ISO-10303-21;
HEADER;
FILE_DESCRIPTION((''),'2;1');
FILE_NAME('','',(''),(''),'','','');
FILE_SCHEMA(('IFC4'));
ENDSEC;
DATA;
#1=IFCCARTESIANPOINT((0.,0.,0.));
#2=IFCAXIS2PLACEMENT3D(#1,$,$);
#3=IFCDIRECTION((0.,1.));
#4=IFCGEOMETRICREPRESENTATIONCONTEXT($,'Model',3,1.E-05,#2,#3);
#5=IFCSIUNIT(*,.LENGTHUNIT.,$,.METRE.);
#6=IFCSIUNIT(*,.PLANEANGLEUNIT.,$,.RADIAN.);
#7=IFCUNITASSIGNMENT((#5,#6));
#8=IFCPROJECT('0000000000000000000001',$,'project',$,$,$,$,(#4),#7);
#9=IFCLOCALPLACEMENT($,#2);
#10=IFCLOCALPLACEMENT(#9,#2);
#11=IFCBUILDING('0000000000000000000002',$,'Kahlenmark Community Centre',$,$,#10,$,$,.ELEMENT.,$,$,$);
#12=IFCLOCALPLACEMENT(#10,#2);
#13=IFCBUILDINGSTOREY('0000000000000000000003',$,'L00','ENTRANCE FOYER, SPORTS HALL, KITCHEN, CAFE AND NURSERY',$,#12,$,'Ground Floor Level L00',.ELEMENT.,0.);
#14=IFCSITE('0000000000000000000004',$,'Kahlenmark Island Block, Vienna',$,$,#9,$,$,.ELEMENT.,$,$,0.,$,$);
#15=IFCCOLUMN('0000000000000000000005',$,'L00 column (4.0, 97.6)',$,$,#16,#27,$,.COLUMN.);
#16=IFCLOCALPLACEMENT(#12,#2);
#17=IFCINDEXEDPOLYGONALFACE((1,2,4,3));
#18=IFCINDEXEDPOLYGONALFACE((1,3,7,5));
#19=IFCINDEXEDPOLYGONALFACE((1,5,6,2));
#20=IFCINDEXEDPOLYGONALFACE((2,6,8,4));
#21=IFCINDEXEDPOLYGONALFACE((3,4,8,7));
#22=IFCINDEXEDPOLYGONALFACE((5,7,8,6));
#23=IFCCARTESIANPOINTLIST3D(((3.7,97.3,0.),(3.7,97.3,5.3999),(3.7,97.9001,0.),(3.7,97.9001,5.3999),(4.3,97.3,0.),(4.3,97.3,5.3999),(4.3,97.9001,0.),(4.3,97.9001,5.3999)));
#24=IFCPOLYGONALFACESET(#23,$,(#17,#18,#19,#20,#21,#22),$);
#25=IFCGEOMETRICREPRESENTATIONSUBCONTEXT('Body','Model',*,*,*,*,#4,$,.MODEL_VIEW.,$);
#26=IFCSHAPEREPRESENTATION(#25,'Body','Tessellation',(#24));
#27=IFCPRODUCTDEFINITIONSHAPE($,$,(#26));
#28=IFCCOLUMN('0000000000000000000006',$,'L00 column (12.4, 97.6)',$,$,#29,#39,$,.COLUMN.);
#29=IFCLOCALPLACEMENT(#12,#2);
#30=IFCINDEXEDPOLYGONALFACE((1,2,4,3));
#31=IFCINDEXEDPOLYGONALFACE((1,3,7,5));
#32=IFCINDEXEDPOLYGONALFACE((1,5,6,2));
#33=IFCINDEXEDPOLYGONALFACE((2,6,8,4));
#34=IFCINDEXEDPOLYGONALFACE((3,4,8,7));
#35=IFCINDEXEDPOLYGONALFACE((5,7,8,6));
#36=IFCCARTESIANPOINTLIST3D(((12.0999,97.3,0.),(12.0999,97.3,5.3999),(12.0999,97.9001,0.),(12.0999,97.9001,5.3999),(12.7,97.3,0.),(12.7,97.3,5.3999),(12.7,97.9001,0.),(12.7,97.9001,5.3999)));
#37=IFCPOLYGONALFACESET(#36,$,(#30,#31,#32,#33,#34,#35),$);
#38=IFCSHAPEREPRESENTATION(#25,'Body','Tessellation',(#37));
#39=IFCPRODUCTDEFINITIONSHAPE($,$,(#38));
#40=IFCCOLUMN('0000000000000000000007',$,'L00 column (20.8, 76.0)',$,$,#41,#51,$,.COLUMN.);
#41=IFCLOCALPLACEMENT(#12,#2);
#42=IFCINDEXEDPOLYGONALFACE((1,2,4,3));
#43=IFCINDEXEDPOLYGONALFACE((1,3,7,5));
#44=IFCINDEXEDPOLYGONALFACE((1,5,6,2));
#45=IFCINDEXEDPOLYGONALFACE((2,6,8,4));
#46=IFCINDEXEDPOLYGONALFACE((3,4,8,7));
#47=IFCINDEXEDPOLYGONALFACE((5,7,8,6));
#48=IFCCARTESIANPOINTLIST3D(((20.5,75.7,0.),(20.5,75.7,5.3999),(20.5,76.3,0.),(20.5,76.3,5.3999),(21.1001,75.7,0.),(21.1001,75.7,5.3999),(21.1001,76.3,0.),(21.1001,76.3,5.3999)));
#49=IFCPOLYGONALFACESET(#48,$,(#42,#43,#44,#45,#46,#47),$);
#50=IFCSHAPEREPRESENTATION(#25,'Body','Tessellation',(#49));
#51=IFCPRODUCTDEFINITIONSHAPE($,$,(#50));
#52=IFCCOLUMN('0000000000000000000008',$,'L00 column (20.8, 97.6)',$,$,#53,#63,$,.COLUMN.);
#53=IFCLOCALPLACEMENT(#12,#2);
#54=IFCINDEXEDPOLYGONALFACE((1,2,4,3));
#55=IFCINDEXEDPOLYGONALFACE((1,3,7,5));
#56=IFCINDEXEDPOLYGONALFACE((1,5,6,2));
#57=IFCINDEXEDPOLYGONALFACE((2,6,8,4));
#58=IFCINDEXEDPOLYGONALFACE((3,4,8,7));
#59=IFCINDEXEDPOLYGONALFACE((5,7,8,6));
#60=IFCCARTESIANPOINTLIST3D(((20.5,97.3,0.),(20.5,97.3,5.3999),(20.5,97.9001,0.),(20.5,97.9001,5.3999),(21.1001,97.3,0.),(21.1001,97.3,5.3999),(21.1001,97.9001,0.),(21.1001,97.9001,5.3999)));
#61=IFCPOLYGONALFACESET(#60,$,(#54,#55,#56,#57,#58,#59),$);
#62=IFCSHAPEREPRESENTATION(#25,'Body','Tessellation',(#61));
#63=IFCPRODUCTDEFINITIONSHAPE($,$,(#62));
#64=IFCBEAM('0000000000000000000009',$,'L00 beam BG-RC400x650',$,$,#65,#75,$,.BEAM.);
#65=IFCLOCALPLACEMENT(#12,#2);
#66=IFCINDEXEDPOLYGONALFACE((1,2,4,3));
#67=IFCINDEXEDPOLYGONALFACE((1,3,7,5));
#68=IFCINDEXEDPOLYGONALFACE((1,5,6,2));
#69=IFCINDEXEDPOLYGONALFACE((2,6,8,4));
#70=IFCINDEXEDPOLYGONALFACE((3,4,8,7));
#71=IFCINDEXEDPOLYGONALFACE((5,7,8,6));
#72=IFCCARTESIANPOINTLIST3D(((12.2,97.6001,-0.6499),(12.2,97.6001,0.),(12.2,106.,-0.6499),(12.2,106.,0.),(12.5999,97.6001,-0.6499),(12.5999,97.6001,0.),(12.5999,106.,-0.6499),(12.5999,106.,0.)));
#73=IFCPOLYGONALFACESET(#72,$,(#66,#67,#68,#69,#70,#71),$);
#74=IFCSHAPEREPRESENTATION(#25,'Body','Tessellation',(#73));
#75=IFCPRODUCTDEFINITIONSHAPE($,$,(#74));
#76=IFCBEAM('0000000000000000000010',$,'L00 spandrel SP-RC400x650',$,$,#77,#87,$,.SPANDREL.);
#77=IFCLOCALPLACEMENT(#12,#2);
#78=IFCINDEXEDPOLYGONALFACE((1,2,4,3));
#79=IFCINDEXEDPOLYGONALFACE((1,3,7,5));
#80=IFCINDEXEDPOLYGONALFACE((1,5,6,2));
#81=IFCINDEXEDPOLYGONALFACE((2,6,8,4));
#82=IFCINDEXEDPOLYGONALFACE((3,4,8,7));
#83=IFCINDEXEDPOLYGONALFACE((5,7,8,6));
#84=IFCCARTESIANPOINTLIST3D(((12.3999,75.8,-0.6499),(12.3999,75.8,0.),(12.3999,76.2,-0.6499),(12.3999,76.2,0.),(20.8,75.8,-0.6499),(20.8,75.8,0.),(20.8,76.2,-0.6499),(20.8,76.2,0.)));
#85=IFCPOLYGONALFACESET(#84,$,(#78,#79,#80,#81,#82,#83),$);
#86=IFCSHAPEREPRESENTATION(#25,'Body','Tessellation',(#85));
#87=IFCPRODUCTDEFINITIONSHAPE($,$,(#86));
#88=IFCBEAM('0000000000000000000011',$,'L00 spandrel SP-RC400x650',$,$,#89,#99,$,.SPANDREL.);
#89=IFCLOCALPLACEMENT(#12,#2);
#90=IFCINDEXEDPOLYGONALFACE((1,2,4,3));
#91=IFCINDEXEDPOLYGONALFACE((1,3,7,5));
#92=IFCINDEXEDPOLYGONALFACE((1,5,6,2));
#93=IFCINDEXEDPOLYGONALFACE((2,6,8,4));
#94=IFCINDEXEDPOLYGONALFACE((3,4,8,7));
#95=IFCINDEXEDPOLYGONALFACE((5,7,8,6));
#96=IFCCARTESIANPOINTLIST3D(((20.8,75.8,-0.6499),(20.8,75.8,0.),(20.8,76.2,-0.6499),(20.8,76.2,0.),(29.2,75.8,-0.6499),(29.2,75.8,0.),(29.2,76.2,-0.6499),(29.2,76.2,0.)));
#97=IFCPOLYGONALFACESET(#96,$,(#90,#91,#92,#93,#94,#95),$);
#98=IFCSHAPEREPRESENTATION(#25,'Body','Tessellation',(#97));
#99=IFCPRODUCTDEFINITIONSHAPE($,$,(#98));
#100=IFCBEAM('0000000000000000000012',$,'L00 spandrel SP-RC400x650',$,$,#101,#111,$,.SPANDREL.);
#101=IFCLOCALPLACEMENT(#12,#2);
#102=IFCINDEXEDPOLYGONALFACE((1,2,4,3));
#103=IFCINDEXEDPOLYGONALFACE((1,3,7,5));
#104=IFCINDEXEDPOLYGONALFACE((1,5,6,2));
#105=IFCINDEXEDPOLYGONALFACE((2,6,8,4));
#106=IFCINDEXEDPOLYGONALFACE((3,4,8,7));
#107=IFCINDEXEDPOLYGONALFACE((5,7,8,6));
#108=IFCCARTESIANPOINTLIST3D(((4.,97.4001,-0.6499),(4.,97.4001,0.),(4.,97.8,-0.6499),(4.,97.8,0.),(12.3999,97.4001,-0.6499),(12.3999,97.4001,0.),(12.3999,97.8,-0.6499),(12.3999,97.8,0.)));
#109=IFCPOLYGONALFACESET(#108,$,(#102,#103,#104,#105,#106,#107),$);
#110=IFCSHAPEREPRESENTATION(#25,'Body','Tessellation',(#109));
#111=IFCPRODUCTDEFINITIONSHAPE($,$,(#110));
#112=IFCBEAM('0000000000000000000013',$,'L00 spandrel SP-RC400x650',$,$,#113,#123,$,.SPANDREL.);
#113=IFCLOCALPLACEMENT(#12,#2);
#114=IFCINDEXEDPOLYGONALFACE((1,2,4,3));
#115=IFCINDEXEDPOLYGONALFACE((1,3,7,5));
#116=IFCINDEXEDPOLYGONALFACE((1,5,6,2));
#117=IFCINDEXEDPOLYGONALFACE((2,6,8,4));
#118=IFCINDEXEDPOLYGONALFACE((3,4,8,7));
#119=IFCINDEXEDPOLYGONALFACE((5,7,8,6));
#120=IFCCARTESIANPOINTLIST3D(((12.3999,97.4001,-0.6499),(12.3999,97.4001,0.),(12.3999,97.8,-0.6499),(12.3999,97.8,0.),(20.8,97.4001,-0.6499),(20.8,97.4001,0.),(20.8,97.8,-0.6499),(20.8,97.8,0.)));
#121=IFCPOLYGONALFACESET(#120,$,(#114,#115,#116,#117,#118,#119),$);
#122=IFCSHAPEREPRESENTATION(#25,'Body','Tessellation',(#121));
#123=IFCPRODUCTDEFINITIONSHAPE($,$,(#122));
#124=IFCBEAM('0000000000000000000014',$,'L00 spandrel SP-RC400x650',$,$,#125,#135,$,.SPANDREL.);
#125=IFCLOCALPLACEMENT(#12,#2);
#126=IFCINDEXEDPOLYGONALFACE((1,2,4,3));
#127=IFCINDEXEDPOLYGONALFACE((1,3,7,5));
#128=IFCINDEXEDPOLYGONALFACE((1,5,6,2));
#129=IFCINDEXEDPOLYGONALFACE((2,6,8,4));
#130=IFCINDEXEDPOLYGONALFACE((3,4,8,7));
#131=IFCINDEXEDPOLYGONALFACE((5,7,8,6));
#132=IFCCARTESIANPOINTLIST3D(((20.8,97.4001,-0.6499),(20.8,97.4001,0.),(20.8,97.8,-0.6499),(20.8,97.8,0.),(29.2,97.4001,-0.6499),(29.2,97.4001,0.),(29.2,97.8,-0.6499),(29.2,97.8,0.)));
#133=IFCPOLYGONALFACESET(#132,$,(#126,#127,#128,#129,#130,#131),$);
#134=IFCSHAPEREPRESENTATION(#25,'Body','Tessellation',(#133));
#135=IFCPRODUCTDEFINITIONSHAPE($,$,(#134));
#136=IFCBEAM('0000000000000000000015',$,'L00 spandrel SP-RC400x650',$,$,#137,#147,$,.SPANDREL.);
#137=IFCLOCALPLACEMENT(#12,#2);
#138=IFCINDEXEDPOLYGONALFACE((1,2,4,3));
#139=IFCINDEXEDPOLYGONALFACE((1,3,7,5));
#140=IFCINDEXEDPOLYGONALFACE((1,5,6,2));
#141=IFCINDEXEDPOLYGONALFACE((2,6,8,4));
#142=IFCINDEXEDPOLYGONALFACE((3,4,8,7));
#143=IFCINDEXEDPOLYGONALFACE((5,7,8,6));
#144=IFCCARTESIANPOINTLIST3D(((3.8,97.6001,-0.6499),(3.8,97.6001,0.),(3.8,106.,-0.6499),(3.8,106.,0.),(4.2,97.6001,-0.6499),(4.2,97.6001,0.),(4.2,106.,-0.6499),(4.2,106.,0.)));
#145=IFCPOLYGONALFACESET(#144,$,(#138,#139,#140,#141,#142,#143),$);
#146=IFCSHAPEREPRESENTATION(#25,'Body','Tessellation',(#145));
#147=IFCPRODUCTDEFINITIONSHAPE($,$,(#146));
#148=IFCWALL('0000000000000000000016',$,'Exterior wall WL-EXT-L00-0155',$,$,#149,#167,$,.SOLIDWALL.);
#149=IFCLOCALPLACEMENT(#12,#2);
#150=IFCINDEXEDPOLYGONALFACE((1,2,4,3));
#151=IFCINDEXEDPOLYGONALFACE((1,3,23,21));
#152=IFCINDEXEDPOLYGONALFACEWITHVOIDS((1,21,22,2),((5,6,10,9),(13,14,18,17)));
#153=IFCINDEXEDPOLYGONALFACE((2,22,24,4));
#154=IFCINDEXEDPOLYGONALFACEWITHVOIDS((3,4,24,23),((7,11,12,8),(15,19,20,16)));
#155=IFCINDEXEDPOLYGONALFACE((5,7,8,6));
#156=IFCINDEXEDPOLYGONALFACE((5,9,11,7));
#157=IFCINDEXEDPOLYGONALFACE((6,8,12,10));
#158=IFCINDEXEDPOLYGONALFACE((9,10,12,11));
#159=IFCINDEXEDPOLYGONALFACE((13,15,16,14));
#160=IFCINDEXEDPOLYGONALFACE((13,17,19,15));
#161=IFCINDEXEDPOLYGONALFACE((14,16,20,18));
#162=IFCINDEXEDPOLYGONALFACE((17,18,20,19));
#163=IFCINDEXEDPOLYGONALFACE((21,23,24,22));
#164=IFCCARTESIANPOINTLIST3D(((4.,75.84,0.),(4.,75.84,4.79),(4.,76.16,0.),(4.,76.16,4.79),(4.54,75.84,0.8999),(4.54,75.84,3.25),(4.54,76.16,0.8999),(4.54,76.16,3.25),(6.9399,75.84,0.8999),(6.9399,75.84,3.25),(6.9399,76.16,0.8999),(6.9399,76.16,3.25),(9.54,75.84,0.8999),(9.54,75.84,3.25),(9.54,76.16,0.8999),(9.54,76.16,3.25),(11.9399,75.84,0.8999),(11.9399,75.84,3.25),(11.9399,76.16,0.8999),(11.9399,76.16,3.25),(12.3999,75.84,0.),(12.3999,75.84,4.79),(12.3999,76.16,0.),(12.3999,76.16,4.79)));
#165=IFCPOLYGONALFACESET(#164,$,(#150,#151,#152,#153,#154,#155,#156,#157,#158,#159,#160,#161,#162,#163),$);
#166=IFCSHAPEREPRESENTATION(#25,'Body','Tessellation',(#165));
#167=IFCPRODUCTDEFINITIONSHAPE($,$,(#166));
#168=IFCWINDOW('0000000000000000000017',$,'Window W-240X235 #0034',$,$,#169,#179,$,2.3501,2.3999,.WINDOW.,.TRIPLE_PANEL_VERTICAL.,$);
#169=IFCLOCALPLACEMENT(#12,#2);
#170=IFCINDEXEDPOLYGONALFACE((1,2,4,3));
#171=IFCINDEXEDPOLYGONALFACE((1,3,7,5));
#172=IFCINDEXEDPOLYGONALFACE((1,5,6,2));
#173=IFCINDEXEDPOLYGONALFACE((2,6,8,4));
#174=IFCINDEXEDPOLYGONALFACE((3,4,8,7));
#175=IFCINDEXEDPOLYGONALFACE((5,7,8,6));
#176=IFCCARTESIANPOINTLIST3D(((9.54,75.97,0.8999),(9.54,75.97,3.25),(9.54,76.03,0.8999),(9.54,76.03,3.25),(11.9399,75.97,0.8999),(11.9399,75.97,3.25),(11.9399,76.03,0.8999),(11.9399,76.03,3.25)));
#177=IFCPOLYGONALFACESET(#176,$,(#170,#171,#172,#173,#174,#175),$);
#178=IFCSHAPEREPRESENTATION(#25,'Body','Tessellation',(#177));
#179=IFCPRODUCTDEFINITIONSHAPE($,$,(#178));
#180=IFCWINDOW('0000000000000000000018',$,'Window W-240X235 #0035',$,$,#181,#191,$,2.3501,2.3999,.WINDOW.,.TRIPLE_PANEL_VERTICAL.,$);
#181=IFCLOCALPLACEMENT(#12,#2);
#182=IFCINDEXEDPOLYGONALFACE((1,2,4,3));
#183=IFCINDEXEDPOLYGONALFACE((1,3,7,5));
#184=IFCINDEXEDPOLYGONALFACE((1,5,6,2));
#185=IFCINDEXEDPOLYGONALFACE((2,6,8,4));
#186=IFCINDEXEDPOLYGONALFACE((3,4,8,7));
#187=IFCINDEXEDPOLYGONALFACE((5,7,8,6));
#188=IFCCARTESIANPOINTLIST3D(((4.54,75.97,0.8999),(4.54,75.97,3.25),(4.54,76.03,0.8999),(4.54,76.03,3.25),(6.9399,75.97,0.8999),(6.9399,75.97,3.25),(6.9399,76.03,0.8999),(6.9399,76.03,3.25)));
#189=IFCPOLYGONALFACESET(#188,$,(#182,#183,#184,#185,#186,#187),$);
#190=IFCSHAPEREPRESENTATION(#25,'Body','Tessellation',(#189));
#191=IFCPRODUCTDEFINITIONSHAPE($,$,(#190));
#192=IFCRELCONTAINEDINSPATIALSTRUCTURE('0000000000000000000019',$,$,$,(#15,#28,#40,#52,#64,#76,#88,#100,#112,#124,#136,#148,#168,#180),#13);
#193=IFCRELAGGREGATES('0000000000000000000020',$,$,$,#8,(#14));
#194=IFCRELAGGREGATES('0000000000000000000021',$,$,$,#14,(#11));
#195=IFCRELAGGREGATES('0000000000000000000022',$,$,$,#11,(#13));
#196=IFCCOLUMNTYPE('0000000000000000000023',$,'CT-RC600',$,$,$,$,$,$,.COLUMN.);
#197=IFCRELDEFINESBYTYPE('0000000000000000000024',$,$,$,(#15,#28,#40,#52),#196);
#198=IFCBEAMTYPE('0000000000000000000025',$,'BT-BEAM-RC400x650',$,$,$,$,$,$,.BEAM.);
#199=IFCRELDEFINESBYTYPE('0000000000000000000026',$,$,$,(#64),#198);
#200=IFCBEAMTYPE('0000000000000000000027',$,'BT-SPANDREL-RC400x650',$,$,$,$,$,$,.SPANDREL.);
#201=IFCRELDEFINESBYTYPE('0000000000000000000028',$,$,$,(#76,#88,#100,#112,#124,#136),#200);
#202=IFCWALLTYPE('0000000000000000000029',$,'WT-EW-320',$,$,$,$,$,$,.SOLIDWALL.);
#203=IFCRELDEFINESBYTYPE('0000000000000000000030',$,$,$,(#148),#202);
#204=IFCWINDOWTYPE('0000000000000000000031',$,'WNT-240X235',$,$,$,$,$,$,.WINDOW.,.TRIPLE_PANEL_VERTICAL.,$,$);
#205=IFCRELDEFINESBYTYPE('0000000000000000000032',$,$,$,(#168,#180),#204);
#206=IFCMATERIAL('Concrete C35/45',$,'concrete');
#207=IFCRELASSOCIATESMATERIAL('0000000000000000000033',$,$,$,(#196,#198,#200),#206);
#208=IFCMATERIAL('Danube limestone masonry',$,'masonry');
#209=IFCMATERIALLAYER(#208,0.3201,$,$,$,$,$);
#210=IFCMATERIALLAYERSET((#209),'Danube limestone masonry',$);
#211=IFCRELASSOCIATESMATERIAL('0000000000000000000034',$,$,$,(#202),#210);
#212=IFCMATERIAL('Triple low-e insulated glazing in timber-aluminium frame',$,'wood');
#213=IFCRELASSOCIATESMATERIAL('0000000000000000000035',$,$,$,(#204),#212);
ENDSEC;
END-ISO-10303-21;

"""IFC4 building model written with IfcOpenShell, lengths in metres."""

from ifc_helpers import new_model, si_unit, direction, frame, frame_2d, origin, origin_2d, place, context, subcontext, project, spatial, rectangle, extrude, material, layer, layer_set, material_profile, profile_set, type_object, element, fill, save


model = new_model("IFC4")

# Units and contexts
model_context = context("Model", 3, precision=1e-05, world=origin(), true_north=direction((0.0, 1.0)))
body_context = subcontext(model_context, "Body", "Model", "MODEL_VIEW")
ifc_project = project(units=[si_unit("LENGTHUNIT", "METRE"), si_unit("PLANEANGLEUNIT", "RADIAN")], contexts=[model_context])

# Site, building, storey
site_placement = place(None, origin())
site = spatial("IfcSite", under=ifc_project, at=site_placement, Name="Kahlenmark Island Block, Vienna", CompositionType="ELEMENT", RefElevation=0.0)
building_placement = place(site_placement, origin())
building = spatial("IfcBuilding", under=site, at=building_placement, Name="Kahlenmark Community Centre", CompositionType="ELEMENT")
storey_placement = place(building_placement, origin())
storey = spatial("IfcBuildingStorey", under=building, at=storey_placement, Name="L00", Description="ENTRANCE FOYER, SPORTS HALL, KITCHEN, CAFE AND NURSERY", LongName="Ground Floor Level L00", CompositionType="ELEMENT", Elevation=0.0)

# Columns
ifc_material_1 = material(Name="Concrete C35/45", Category="concrete")
ifc_material_profile_1 = material_profile(ifc_material_1, rectangle(XDim=0.6001, YDim=0.6001, at=origin_2d()), Name="RC 600x600")
ifc_profile_set_1 = profile_set([ifc_material_profile_1], Name="Concrete C35/45")
column_type = type_object("IfcColumnType", Name="CT-RC600", PredefinedType="COLUMN", material=ifc_profile_set_1)
for number, where, z_axis, x_axis, name in (
    (1, (4.0, 97.6001, 0.0), (0.0, 0.0, 1.0), (1.0, 0.0, 0.0), "L00 column (4.0, 97.6)"),
    (2, (12.3999, 97.6001, 0.0), (0.0, 0.0, 1.0), (1.0, 0.0, 0.0), "L00 column (12.4, 97.6)"),
    (3, (20.8, 76.0, 0.0), (0.0, 0.0, 1.0), (1.0, 0.0, 0.0), "L00 column (20.8, 76.0)"),
    (4, (20.8, 97.6001, 0.0), (0.0, 0.0, 1.0), (1.0, 0.0, 0.0), "L00 column (20.8, 97.6)"),
):
    element("IfcColumn", number, at=place(storey_placement, frame(where, z_axis=z_axis, x_axis=x_axis)), inside=storey, type_object=column_type, Name=name, PredefinedType="COLUMN", context=body_context, shape_type="SweptSolid", body=[
        extrude(rectangle(XDim=0.6001, YDim=0.6001, at=origin_2d()), origin(), (0.0, 0.0, 1.0), 5.3999),
    ])

# Beams
ifc_material_profile_2 = material_profile(ifc_material_1, rectangle(XDim=0.3999, YDim=0.6499, at=origin_2d()), Name="RC 400x650")
ifc_profile_set_2 = profile_set([ifc_material_profile_2], Name="Concrete C35/45")
beam_type_1 = type_object("IfcBeamType", Name="BT-BEAM-RC400x650", PredefinedType="BEAM", material=ifc_profile_set_2)
beam_1_placement = place(storey_placement, frame((12.3999, 97.6001, -0.325), z_axis=(0.0, 1.0, 0.0), x_axis=(-1.0, 0.0, 0.0)))
element("IfcBeam", 5, at=beam_1_placement, inside=storey, type_object=beam_type_1, Name="L00 beam BG-RC400x650", PredefinedType="BEAM", context=body_context, shape_type="SweptSolid", body=[
    extrude(rectangle(XDim=0.3999, YDim=0.6499, at=origin_2d()), origin(), (0.0, 0.0, 1.0), 8.3999),
])
ifc_material_profile_3 = material_profile(ifc_material_1, rectangle(XDim=0.3999, YDim=0.6499, at=origin_2d()), Name="RC 400x650")
ifc_profile_set_3 = profile_set([ifc_material_profile_3], Name="Concrete C35/45")
beam_type_2 = type_object("IfcBeamType", Name="BT-SPANDREL-RC400x650", PredefinedType="SPANDREL", material=ifc_profile_set_3)
beam_2_placement = place(storey_placement, frame((12.3999, 76.0, -0.325), z_axis=(1.0, 0.0, 0.0), x_axis=(0.0, 1.0, 0.0)))
element("IfcBeam", 6, at=beam_2_placement, inside=storey, type_object=beam_type_2, Name="L00 spandrel SP-RC400x650", PredefinedType="SPANDREL", context=body_context, shape_type="SweptSolid", body=[
    extrude(rectangle(XDim=0.3999, YDim=0.6499, at=origin_2d()), origin(), (0.0, 0.0, 1.0), 8.4001),
])
for number, where, z_axis, x_axis, name in (
    (7, (20.8, 76.0, -0.325), (1.0, 0.0, 0.0), (0.0, 1.0, 0.0), "L00 spandrel SP-RC400x650"),
    (8, (4.0, 97.6001, -0.325), (1.0, 0.0, 0.0), (0.0, 1.0, 0.0), "L00 spandrel SP-RC400x650"),
):
    element("IfcBeam", number, at=place(storey_placement, frame(where, z_axis=z_axis, x_axis=x_axis)), inside=storey, type_object=beam_type_2, Name=name, PredefinedType="SPANDREL", context=body_context, shape_type="SweptSolid", body=[
        extrude(rectangle(XDim=0.3999, YDim=0.6499, at=origin_2d()), origin(), (0.0, 0.0, 1.0), 8.3999),
    ])
beam_3_placement = place(storey_placement, frame((12.3999, 97.6001, -0.325), z_axis=(1.0, 0.0, 0.0), x_axis=(0.0, 1.0, 0.0)))
element("IfcBeam", 9, at=beam_3_placement, inside=storey, type_object=beam_type_2, Name="L00 spandrel SP-RC400x650", PredefinedType="SPANDREL", context=body_context, shape_type="SweptSolid", body=[
    extrude(rectangle(XDim=0.3999, YDim=0.6499, at=origin_2d()), origin(), (0.0, 0.0, 1.0), 8.4001),
])
for number, where, z_axis, x_axis, name in (
    (10, (20.8, 97.6001, -0.325), (1.0, 0.0, 0.0), (0.0, 1.0, 0.0), "L00 spandrel SP-RC400x650"),
    (11, (4.0, 97.6001, -0.325), (0.0, 1.0, 0.0), (-1.0, 0.0, 0.0), "L00 spandrel SP-RC400x650"),
):
    element("IfcBeam", number, at=place(storey_placement, frame(where, z_axis=z_axis, x_axis=x_axis)), inside=storey, type_object=beam_type_2, Name=name, PredefinedType="SPANDREL", context=body_context, shape_type="SweptSolid", body=[
        extrude(rectangle(XDim=0.3999, YDim=0.6499, at=origin_2d()), origin(), (0.0, 0.0, 1.0), 8.3999),
    ])

# Wall, openings, windows
ifc_material_2 = material(Name="Danube limestone masonry", Category="masonry")
ifc_layer = layer(ifc_material_2, 0.3201)
ifc_layer_set = layer_set([ifc_layer], Name="Danube limestone masonry")
wall_type = type_object("IfcWallType", Name="WT-EW-320", PredefinedType="SOLIDWALL", material=ifc_layer_set)
wall_1_placement = place(storey_placement, frame((12.3999, 76.0, 0.0), z_axis=(0.0, 0.0, 1.0), x_axis=(-1.0, 0.0, 0.0)))
wall_1 = element("IfcWall", 12, at=wall_1_placement, inside=storey, type_object=wall_type, Name="Exterior wall WL-EXT-L00-0155", PredefinedType="SOLIDWALL", context=body_context, shape_type="SweptSolid", body=[
    extrude(rectangle(XDim=8.3999, YDim=0.3201, at=frame_2d((4.2, 0.0))), origin(), (0.0, 0.0, 1.0), 4.79),
])
opening_1_placement = place(wall_1_placement, frame((0.46, 0.0, 0.8999)))
opening_1 = element("IfcOpeningElement", 13, at=opening_1_placement, cuts=wall_1, PredefinedType="OPENING", context=body_context, shape_type="SweptSolid", body=[
    extrude(rectangle(XDim=2.3999, YDim=2.3501, at=frame_2d((1.2, 1.175))), frame((0.0, 0.1699, 0.0), z_axis=(0.0, -1.0, 0.0), x_axis=(1.0, 0.0, 0.0)), (0.0, 0.0, 1.0), 0.3401),
])
opening_2_placement = place(wall_1_placement, frame((5.46, 0.0, 0.8999)))
opening_2 = element("IfcOpeningElement", 14, at=opening_2_placement, cuts=wall_1, PredefinedType="OPENING", context=body_context, shape_type="SweptSolid", body=[
    extrude(rectangle(XDim=2.3999, YDim=2.3501, at=frame_2d((1.2, 1.175))), frame((0.0, 0.1699, 0.0), z_axis=(0.0, -1.0, 0.0), x_axis=(1.0, 0.0, 0.0)), (0.0, 0.0, 1.0), 0.3401),
])
ifc_material_3 = material(Name="Triple low-e insulated glazing in timber-aluminium frame", Category="wood")
window_type = type_object("IfcWindowType", Name="WNT-240X235", PartitioningType="TRIPLE_PANEL_VERTICAL", PredefinedType="WINDOW", material=ifc_material_3)
window_1_placement = place(opening_1_placement, origin())
window_1 = element("IfcWindow", 15, at=window_1_placement, inside=storey, type_object=window_type, Name="Window W-240X235 #0034", OverallHeight=2.3501, OverallWidth=2.3999, PartitioningType="TRIPLE_PANEL_VERTICAL", PredefinedType="WINDOW", context=body_context, shape_type="SweptSolid", body=[
    extrude(rectangle(XDim=2.3999, YDim=2.3501, at=frame_2d((1.2, 1.175))), frame((0.0, 0.03, 0.0), z_axis=(0.0, -1.0, 0.0), x_axis=(1.0, 0.0, 0.0)), (0.0, 0.0, 1.0), 0.0601),
])
fill(opening_1, window_1)
window_2_placement = place(opening_2_placement, origin())
window_2 = element("IfcWindow", 16, at=window_2_placement, inside=storey, type_object=window_type, Name="Window W-240X235 #0035", OverallHeight=2.3501, OverallWidth=2.3999, PartitioningType="TRIPLE_PANEL_VERTICAL", PredefinedType="WINDOW", context=body_context, shape_type="SweptSolid", body=[
    extrude(rectangle(XDim=2.3999, YDim=2.3501, at=frame_2d((1.2, 1.175))), frame((0.0, 0.03, 0.0), z_axis=(0.0, -1.0, 0.0), x_axis=(1.0, 0.0, 0.0)), (0.0, 0.0, 1.0), 0.0601),
])
fill(opening_2, window_2)

save(model, "model.ifc")
